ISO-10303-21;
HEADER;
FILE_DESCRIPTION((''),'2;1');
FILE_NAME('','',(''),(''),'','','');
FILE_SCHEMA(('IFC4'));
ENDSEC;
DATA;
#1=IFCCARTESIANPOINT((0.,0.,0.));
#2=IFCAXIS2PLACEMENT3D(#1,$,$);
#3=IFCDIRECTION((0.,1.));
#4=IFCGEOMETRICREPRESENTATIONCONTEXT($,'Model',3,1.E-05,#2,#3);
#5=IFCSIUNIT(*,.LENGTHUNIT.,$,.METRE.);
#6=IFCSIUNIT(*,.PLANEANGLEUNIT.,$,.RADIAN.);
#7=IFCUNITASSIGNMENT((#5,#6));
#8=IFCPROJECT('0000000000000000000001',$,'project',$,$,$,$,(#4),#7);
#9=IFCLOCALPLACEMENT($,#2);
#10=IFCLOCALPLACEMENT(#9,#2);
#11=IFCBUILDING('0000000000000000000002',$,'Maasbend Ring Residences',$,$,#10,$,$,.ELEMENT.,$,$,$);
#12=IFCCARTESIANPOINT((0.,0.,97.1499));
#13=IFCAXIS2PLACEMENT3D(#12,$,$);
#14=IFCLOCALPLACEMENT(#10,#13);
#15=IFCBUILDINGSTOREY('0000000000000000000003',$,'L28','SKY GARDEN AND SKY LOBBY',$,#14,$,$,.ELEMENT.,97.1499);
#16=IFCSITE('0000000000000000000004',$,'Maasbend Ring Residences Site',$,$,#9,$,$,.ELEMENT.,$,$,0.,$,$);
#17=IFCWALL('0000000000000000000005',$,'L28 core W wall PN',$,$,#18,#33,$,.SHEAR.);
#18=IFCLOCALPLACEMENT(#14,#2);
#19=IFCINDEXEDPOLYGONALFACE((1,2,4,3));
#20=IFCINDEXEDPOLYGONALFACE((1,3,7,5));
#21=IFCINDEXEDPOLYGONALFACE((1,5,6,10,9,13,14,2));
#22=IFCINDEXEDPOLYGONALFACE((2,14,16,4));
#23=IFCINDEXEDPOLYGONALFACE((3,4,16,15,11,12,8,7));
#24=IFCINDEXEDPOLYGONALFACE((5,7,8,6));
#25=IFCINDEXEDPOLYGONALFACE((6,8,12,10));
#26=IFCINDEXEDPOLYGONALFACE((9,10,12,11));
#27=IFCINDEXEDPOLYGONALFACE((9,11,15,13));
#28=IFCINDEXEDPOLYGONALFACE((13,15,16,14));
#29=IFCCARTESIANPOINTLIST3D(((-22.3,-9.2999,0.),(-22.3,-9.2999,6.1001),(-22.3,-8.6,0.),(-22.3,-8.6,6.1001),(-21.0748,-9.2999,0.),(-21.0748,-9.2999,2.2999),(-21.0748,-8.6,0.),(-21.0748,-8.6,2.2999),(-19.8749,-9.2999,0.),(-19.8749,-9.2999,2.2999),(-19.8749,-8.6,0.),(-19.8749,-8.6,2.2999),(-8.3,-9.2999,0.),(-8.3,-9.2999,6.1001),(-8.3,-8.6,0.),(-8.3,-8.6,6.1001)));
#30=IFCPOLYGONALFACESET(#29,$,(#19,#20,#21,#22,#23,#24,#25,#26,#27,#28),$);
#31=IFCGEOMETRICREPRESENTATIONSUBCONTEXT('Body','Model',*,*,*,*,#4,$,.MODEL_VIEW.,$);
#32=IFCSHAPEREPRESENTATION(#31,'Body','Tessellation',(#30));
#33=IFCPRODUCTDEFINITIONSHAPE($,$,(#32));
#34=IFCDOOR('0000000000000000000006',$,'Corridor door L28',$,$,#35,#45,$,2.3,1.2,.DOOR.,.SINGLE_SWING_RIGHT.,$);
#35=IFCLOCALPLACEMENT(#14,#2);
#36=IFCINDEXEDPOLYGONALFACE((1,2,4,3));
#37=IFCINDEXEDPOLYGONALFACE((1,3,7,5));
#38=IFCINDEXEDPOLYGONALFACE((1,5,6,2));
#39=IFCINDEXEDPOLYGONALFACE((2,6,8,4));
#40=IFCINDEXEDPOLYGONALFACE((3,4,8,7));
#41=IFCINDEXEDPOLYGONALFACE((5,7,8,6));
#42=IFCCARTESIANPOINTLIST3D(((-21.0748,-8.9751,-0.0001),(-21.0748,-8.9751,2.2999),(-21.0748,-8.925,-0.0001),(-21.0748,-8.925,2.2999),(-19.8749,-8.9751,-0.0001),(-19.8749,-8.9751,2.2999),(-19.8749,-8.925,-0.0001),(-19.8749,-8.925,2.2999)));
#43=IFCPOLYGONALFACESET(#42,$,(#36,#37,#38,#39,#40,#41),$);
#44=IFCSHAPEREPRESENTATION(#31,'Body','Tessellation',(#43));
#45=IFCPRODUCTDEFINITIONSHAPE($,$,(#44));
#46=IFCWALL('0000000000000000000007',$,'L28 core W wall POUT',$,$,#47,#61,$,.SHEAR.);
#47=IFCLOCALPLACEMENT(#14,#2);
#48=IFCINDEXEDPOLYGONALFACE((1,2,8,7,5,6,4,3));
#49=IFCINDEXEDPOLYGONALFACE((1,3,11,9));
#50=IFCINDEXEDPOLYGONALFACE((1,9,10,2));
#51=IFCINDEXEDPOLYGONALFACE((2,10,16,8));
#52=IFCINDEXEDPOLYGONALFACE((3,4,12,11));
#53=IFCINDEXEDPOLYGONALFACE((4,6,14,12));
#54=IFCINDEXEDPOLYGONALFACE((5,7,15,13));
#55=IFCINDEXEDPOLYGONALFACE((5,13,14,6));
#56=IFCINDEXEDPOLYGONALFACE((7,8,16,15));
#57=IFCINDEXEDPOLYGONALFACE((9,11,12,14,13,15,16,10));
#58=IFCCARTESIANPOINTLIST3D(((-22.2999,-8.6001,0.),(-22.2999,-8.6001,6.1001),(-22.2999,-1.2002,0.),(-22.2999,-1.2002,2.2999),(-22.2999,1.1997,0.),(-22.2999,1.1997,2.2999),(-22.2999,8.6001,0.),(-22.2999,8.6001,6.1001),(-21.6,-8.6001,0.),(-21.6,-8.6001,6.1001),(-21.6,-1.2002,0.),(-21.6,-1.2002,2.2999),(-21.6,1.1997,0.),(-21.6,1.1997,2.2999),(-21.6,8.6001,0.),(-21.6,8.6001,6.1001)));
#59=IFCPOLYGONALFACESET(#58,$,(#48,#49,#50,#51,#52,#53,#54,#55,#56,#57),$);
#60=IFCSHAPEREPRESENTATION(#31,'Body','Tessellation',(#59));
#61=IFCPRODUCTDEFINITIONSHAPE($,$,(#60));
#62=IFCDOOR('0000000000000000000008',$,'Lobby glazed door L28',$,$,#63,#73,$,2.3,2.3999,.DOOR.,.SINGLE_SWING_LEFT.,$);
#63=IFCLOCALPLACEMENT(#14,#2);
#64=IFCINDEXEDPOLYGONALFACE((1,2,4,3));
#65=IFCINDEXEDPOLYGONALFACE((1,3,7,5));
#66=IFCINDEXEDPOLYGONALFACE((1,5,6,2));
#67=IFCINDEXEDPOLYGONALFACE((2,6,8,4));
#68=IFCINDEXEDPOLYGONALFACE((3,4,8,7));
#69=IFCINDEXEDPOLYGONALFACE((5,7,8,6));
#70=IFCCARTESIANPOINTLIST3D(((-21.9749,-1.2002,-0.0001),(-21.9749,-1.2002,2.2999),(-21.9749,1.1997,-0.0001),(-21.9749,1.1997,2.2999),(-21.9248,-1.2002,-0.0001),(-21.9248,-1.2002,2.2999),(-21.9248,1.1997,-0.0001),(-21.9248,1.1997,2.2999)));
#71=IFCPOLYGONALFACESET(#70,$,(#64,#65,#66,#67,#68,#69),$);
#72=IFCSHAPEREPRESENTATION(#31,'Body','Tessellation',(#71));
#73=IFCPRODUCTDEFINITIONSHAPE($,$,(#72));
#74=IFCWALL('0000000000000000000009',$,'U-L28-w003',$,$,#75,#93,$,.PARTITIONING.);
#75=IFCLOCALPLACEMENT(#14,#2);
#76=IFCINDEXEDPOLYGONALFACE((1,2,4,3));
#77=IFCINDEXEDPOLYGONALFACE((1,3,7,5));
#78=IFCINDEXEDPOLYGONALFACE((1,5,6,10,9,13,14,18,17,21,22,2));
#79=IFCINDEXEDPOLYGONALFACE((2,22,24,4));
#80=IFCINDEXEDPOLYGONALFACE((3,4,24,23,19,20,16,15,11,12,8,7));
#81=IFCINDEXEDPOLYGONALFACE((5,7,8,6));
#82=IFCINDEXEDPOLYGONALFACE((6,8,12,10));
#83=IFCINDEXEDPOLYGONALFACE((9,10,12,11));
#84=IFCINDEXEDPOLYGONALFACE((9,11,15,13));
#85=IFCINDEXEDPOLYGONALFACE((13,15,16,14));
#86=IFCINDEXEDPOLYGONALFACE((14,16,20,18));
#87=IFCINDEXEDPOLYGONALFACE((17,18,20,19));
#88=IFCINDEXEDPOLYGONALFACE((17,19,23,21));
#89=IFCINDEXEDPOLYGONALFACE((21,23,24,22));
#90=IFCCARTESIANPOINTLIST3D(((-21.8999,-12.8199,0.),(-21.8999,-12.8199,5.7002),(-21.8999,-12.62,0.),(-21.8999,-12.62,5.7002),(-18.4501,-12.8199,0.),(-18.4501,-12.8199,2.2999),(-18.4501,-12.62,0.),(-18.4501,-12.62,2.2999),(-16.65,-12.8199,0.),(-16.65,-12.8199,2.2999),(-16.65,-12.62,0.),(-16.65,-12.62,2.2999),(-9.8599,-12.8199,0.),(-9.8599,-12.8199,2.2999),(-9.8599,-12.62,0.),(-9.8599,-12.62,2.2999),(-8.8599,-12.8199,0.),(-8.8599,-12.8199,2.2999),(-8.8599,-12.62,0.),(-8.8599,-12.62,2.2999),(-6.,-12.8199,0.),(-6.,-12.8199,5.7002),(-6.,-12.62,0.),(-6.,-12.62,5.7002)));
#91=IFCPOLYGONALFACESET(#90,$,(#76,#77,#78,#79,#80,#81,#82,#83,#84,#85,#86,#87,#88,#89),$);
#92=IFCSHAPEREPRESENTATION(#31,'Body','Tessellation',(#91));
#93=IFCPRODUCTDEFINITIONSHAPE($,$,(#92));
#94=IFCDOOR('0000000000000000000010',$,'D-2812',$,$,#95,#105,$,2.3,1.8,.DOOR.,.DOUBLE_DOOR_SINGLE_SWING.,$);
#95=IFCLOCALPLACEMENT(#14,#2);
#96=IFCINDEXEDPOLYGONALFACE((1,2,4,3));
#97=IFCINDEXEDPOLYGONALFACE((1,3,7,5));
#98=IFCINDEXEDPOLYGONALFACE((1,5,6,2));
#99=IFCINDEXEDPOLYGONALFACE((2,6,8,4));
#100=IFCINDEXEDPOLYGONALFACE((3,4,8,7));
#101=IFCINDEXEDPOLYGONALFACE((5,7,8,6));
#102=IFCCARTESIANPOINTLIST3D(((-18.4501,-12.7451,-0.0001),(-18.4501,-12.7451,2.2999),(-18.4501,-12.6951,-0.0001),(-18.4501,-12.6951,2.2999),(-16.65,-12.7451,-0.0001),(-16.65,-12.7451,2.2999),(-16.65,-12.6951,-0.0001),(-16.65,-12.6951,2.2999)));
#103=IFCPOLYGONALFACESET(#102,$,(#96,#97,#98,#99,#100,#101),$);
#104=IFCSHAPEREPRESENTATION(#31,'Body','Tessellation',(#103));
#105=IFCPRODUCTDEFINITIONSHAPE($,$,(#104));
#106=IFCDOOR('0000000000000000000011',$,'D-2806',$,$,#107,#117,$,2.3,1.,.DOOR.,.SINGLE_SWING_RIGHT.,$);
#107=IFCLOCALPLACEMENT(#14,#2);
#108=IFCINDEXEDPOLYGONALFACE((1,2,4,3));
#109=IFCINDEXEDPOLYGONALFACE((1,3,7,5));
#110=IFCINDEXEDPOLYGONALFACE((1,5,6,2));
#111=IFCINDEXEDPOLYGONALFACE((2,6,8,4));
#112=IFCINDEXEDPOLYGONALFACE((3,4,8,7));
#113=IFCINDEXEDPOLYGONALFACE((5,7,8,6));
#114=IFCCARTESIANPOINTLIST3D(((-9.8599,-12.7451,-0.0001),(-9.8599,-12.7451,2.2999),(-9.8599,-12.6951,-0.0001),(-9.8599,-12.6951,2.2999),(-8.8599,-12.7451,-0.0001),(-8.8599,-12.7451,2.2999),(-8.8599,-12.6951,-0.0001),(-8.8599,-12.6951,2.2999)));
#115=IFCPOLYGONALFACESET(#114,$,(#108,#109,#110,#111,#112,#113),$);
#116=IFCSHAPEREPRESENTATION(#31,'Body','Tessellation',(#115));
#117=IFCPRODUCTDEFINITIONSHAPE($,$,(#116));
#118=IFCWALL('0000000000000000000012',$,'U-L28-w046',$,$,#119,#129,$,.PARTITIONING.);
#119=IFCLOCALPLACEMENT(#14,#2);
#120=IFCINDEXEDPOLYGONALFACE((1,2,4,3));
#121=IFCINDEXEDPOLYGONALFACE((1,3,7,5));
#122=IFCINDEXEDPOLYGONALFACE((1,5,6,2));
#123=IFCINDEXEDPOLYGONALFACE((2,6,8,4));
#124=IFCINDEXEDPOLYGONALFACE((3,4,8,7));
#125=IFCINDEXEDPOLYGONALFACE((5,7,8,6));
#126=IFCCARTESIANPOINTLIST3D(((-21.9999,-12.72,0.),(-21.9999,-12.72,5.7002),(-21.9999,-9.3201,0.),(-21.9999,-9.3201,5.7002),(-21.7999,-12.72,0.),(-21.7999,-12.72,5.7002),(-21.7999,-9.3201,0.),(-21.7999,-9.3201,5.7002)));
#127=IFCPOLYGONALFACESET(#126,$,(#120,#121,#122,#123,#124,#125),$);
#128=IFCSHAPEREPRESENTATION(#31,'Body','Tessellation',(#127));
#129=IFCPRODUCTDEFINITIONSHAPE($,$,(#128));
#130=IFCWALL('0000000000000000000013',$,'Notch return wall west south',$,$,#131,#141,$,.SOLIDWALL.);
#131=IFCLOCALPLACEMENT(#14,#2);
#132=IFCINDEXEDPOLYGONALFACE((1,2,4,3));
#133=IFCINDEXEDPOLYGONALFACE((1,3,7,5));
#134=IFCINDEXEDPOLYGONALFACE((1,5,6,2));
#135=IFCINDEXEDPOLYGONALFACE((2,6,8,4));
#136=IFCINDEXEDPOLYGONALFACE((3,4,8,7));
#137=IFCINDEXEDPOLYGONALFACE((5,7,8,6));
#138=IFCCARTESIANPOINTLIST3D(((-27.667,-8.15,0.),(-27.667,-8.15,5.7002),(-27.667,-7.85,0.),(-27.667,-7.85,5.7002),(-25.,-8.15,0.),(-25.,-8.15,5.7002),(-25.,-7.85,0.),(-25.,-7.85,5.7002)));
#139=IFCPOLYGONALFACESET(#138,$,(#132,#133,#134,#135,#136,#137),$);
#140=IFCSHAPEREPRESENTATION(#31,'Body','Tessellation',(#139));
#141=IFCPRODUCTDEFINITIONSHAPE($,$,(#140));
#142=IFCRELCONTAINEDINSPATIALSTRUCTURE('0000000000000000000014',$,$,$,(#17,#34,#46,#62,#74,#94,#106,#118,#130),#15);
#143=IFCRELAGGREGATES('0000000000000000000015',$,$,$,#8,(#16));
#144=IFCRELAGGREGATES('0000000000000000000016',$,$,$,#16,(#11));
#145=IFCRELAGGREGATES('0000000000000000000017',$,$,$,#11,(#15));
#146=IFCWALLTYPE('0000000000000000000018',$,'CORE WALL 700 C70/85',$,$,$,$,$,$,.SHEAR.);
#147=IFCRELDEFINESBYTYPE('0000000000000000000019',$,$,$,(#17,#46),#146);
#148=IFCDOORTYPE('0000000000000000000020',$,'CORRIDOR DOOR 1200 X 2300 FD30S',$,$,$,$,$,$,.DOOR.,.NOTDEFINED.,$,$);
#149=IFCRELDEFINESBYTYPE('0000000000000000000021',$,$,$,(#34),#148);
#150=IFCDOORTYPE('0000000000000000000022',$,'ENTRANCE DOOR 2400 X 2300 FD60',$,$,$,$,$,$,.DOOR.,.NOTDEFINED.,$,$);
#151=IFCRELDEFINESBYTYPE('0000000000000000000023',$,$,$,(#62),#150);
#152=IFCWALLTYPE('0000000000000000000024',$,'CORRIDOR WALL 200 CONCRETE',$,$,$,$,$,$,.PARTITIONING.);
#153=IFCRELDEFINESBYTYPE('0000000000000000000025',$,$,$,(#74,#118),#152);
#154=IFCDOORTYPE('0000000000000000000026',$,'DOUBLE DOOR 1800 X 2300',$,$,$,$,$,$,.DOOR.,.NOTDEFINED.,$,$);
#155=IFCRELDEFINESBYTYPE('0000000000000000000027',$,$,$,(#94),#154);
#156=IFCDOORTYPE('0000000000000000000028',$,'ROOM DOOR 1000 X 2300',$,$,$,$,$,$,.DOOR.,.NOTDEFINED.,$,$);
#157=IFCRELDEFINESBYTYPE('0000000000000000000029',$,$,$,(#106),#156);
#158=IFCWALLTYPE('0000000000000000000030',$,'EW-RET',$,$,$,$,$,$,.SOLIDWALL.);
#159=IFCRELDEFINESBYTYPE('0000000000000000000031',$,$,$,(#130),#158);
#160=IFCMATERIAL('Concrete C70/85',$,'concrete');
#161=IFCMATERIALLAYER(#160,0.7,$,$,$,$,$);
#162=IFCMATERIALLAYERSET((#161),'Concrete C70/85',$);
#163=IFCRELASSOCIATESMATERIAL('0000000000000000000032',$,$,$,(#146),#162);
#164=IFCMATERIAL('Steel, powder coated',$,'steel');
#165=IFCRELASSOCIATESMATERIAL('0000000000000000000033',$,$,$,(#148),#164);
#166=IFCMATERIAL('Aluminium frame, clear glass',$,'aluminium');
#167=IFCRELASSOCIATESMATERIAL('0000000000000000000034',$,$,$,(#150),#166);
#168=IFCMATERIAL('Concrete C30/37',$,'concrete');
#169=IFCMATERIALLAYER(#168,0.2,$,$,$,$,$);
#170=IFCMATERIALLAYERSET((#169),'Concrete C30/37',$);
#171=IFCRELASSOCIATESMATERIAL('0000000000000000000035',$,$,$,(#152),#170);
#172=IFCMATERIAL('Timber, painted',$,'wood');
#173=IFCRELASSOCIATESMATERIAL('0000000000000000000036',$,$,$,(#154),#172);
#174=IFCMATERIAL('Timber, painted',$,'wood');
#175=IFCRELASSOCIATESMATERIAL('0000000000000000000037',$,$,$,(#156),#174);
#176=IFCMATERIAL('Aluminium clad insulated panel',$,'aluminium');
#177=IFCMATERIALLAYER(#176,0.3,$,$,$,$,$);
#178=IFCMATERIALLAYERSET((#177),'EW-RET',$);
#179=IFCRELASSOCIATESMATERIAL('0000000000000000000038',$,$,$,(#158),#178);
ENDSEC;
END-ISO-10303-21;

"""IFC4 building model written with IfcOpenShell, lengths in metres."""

from ifc_helpers import new_model, si_unit, direction, frame, frame_2d, origin, place, context, subcontext, project, spatial, rectangle, extrude, material, layer, layer_set, type_object, element, fill, save


model = new_model("IFC4")

# Units and contexts
model_context = context("Model", 3, precision=1e-05, world=origin(), true_north=direction((0.0, 1.0)))
body_context = subcontext(model_context, "Body", "Model", "MODEL_VIEW")
ifc_project = project(units=[si_unit("LENGTHUNIT", "METRE"), si_unit("PLANEANGLEUNIT", "RADIAN")], contexts=[model_context])

# Site, building, storey
site_placement = place(None, origin())
site = spatial("IfcSite", under=ifc_project, at=site_placement, Name="Maasbend Ring Residences Site", CompositionType="ELEMENT", RefElevation=0.0)
building_placement = place(site_placement, origin())
building = spatial("IfcBuilding", under=site, at=building_placement, Name="Maasbend Ring Residences", CompositionType="ELEMENT")
storey_placement = place(building_placement, frame((0.0, 0.0, 97.1499)))
storey = spatial("IfcBuildingStorey", under=building, at=storey_placement, Name="L28", Description="SKY GARDEN AND SKY LOBBY", CompositionType="ELEMENT", Elevation=97.1499)

# Walls, openings, doors
ifc_material_1 = material(Name="Concrete C70/85", Category="concrete")
ifc_layer_1 = layer(ifc_material_1, 0.7)
ifc_layer_set_1 = layer_set([ifc_layer_1], Name="Concrete C70/85")
wall_type_1 = type_object("IfcWallType", Name="CORE WALL 700 C70/85", PredefinedType="SHEAR", material=ifc_layer_set_1)
wall_1_placement = place(storey_placement, frame((-22.3, -8.95, 0.0), z_axis=(0.0, 0.0, 1.0), x_axis=(1.0, 0.0, 0.0)))
wall_1 = element("IfcWall", 1, at=wall_1_placement, inside=storey, type_object=wall_type_1, Name="L28 core W wall PN", PredefinedType="SHEAR", context=body_context, shape_type="SweptSolid", body=[
    extrude(rectangle(XDim=14.0, YDim=0.7, at=frame_2d((7.0, 0.0))), origin(), (0.0, 0.0, 1.0), 6.1001),
])
opening_1_placement = place(wall_1_placement, frame((1.2251, 0.0, 0.0)))
opening_1 = element("IfcOpeningElement", 2, at=opening_1_placement, cuts=wall_1, PredefinedType="OPENING", context=body_context, shape_type="SweptSolid", body=[
    extrude(rectangle(XDim=1.2, YDim=2.3, at=frame_2d((0.6001, 1.1499))), frame((0.0, 0.3599, 0.0), z_axis=(0.0, -1.0, 0.0), x_axis=(1.0, 0.0, 0.0)), (0.0, 0.0, 1.0), 0.72),
])
ifc_material_2 = material(Name="Steel, powder coated", Category="steel")
door_type_1 = type_object("IfcDoorType", Name="CORRIDOR DOOR 1200 X 2300 FD30S", OperationType="NOTDEFINED", PredefinedType="DOOR", material=ifc_material_2)
door_1_placement = place(opening_1_placement, origin())
door_1 = element("IfcDoor", 3, at=door_1_placement, inside=storey, type_object=door_type_1, Name="Corridor door L28", OperationType="SINGLE_SWING_RIGHT", OverallHeight=2.3, OverallWidth=1.2, PredefinedType="DOOR", context=body_context, shape_type="SweptSolid", body=[
    extrude(rectangle(XDim=1.2, YDim=2.3, at=frame_2d((0.6001, 1.1499))), frame((0.0, 0.0249, 0.0), z_axis=(0.0, -1.0, 0.0), x_axis=(1.0, 0.0, 0.0)), (0.0, 0.0, 1.0), 0.05),
])
fill(opening_1, door_1)
wall_2_placement = place(storey_placement, frame((-21.95, -8.6001, 0.0), z_axis=(0.0, 0.0, 1.0), x_axis=(0.0, 1.0, 0.0)))
wall_2 = element("IfcWall", 4, at=wall_2_placement, inside=storey, type_object=wall_type_1, Name="L28 core W wall POUT", PredefinedType="SHEAR", context=body_context, shape_type="SweptSolid", body=[
    extrude(rectangle(XDim=17.2002, YDim=0.7, at=frame_2d((8.6001, 0.0))), origin(), (0.0, 0.0, 1.0), 6.1001),
])
opening_2_placement = place(wall_2_placement, frame((7.3999, 0.0, 0.0)))
opening_2 = element("IfcOpeningElement", 5, at=opening_2_placement, cuts=wall_2, PredefinedType="OPENING", context=body_context, shape_type="SweptSolid", body=[
    extrude(rectangle(XDim=2.3999, YDim=2.3, at=frame_2d((1.2, 1.1499))), frame((0.0, 0.3599, 0.0), z_axis=(0.0, -1.0, 0.0), x_axis=(1.0, 0.0, 0.0)), (0.0, 0.0, 1.0), 0.72),
])
ifc_material_3 = material(Name="Aluminium frame, clear glass", Category="aluminium")
door_type_2 = type_object("IfcDoorType", Name="ENTRANCE DOOR 2400 X 2300 FD60", OperationType="NOTDEFINED", PredefinedType="DOOR", material=ifc_material_3)
door_2_placement = place(opening_2_placement, origin())
door_2 = element("IfcDoor", 6, at=door_2_placement, inside=storey, type_object=door_type_2, Name="Lobby glazed door L28", OperationType="SINGLE_SWING_LEFT", OverallHeight=2.3, OverallWidth=2.3999, PredefinedType="DOOR", context=body_context, shape_type="SweptSolid", body=[
    extrude(rectangle(XDim=2.3999, YDim=2.3, at=frame_2d((1.2, 1.1499))), frame((0.0, 0.0249, 0.0), z_axis=(0.0, -1.0, 0.0), x_axis=(1.0, 0.0, 0.0)), (0.0, 0.0, 1.0), 0.05),
])
fill(opening_2, door_2)

# Wall, openings, doors
ifc_material_4 = material(Name="Concrete C30/37", Category="concrete")
ifc_layer_2 = layer(ifc_material_4, 0.2)
ifc_layer_set_2 = layer_set([ifc_layer_2], Name="Concrete C30/37")
wall_type_2 = type_object("IfcWallType", Name="CORRIDOR WALL 200 CONCRETE", PredefinedType="PARTITIONING", material=ifc_layer_set_2)
wall_3_placement = place(storey_placement, frame((-21.8999, -12.72, 0.0), z_axis=(0.0, 0.0, 1.0), x_axis=(1.0, 0.0, 0.0)))
wall_3 = element("IfcWall", 7, at=wall_3_placement, inside=storey, type_object=wall_type_2, Name="U-L28-w003", PredefinedType="PARTITIONING", context=body_context, shape_type="SweptSolid", body=[
    extrude(rectangle(XDim=15.8999, YDim=0.2, at=frame_2d((7.95, 0.0))), origin(), (0.0, 0.0, 1.0), 5.7002),
])
opening_3_placement = place(wall_3_placement, frame((12.04, 0.0, 0.0)))
opening_3 = element("IfcOpeningElement", 8, at=opening_3_placement, cuts=wall_3, PredefinedType="OPENING", context=body_context, shape_type="SweptSolid", body=[
    extrude(rectangle(XDim=1.0, YDim=2.3, at=frame_2d((0.5, 1.1499))), frame((0.0, 0.1099, 0.0), z_axis=(0.0, -1.0, 0.0), x_axis=(1.0, 0.0, 0.0)), (0.0, 0.0, 1.0), 0.22),
])
opening_4_placement = place(wall_3_placement, frame((3.45, 0.0, 0.0)))
opening_4 = element("IfcOpeningElement", 9, at=opening_4_placement, cuts=wall_3, PredefinedType="OPENING", context=body_context, shape_type="SweptSolid", body=[
    extrude(rectangle(XDim=1.8, YDim=2.3, at=frame_2d((0.8999, 1.1499))), frame((0.0, 0.1099, 0.0), z_axis=(0.0, -1.0, 0.0), x_axis=(1.0, 0.0, 0.0)), (0.0, 0.0, 1.0), 0.22),
])
ifc_material_5 = material(Name="Timber, painted", Category="wood")
door_type_3 = type_object("IfcDoorType", Name="DOUBLE DOOR 1800 X 2300", OperationType="NOTDEFINED", PredefinedType="DOOR", material=ifc_material_5)
door_3_placement = place(opening_4_placement, origin())
door_3 = element("IfcDoor", 10, at=door_3_placement, inside=storey, type_object=door_type_3, Name="D-2812", OperationType="DOUBLE_DOOR_SINGLE_SWING", OverallHeight=2.3, OverallWidth=1.8, PredefinedType="DOOR", context=body_context, shape_type="SweptSolid", body=[
    extrude(rectangle(XDim=1.8, YDim=2.3, at=frame_2d((0.8999, 1.1499))), frame((0.0, 0.0249, 0.0), z_axis=(0.0, -1.0, 0.0), x_axis=(1.0, 0.0, 0.0)), (0.0, 0.0, 1.0), 0.05),
])
fill(opening_4, door_3)
ifc_material_6 = material(Name="Timber, painted", Category="wood")
door_type_4 = type_object("IfcDoorType", Name="ROOM DOOR 1000 X 2300", OperationType="NOTDEFINED", PredefinedType="DOOR", material=ifc_material_6)
door_4_placement = place(opening_3_placement, origin())
door_4 = element("IfcDoor", 11, at=door_4_placement, inside=storey, type_object=door_type_4, Name="D-2806", OperationType="SINGLE_SWING_RIGHT", OverallHeight=2.3, OverallWidth=1.0, PredefinedType="DOOR", context=body_context, shape_type="SweptSolid", body=[
    extrude(rectangle(XDim=1.0, YDim=2.3, at=frame_2d((0.5, 1.1499))), frame((0.0, 0.0249, 0.0), z_axis=(0.0, -1.0, 0.0), x_axis=(1.0, 0.0, 0.0)), (0.0, 0.0, 1.0), 0.05),
])
fill(opening_3, door_4)

# Walls
wall_4_placement = place(storey_placement, frame((-21.8999, -12.72, 0.0), z_axis=(0.0, 0.0, 1.0), x_axis=(0.0, 1.0, 0.0)))
element("IfcWall", 12, at=wall_4_placement, inside=storey, type_object=wall_type_2, Name="U-L28-w046", PredefinedType="PARTITIONING", context=body_context, shape_type="SweptSolid", body=[
    extrude(rectangle(XDim=3.3999, YDim=0.2, at=frame_2d((1.7, 0.0))), origin(), (0.0, 0.0, 1.0), 5.7002),
])
ifc_material_7 = material(Name="Aluminium clad insulated panel", Category="aluminium")
ifc_layer_3 = layer(ifc_material_7, 0.3)
ifc_layer_set_3 = layer_set([ifc_layer_3], Name="EW-RET")
wall_type_3 = type_object("IfcWallType", Name="EW-RET", PredefinedType="SOLIDWALL", material=ifc_layer_set_3)
wall_5_placement = place(storey_placement, frame((-25.0, -8.0, 0.0), z_axis=(0.0, 0.0, 1.0), x_axis=(-1.0, 0.0, 0.0)))
element("IfcWall", 13, at=wall_5_placement, inside=storey, type_object=wall_type_3, Name="Notch return wall west south", PredefinedType="SOLIDWALL", context=body_context, shape_type="SweptSolid", body=[
    extrude(rectangle(XDim=2.667, YDim=0.3, at=frame_2d((1.3335, 0.0))), origin(), (0.0, 0.0, 1.0), 5.7002),
])

save(model, "model.ifc")
